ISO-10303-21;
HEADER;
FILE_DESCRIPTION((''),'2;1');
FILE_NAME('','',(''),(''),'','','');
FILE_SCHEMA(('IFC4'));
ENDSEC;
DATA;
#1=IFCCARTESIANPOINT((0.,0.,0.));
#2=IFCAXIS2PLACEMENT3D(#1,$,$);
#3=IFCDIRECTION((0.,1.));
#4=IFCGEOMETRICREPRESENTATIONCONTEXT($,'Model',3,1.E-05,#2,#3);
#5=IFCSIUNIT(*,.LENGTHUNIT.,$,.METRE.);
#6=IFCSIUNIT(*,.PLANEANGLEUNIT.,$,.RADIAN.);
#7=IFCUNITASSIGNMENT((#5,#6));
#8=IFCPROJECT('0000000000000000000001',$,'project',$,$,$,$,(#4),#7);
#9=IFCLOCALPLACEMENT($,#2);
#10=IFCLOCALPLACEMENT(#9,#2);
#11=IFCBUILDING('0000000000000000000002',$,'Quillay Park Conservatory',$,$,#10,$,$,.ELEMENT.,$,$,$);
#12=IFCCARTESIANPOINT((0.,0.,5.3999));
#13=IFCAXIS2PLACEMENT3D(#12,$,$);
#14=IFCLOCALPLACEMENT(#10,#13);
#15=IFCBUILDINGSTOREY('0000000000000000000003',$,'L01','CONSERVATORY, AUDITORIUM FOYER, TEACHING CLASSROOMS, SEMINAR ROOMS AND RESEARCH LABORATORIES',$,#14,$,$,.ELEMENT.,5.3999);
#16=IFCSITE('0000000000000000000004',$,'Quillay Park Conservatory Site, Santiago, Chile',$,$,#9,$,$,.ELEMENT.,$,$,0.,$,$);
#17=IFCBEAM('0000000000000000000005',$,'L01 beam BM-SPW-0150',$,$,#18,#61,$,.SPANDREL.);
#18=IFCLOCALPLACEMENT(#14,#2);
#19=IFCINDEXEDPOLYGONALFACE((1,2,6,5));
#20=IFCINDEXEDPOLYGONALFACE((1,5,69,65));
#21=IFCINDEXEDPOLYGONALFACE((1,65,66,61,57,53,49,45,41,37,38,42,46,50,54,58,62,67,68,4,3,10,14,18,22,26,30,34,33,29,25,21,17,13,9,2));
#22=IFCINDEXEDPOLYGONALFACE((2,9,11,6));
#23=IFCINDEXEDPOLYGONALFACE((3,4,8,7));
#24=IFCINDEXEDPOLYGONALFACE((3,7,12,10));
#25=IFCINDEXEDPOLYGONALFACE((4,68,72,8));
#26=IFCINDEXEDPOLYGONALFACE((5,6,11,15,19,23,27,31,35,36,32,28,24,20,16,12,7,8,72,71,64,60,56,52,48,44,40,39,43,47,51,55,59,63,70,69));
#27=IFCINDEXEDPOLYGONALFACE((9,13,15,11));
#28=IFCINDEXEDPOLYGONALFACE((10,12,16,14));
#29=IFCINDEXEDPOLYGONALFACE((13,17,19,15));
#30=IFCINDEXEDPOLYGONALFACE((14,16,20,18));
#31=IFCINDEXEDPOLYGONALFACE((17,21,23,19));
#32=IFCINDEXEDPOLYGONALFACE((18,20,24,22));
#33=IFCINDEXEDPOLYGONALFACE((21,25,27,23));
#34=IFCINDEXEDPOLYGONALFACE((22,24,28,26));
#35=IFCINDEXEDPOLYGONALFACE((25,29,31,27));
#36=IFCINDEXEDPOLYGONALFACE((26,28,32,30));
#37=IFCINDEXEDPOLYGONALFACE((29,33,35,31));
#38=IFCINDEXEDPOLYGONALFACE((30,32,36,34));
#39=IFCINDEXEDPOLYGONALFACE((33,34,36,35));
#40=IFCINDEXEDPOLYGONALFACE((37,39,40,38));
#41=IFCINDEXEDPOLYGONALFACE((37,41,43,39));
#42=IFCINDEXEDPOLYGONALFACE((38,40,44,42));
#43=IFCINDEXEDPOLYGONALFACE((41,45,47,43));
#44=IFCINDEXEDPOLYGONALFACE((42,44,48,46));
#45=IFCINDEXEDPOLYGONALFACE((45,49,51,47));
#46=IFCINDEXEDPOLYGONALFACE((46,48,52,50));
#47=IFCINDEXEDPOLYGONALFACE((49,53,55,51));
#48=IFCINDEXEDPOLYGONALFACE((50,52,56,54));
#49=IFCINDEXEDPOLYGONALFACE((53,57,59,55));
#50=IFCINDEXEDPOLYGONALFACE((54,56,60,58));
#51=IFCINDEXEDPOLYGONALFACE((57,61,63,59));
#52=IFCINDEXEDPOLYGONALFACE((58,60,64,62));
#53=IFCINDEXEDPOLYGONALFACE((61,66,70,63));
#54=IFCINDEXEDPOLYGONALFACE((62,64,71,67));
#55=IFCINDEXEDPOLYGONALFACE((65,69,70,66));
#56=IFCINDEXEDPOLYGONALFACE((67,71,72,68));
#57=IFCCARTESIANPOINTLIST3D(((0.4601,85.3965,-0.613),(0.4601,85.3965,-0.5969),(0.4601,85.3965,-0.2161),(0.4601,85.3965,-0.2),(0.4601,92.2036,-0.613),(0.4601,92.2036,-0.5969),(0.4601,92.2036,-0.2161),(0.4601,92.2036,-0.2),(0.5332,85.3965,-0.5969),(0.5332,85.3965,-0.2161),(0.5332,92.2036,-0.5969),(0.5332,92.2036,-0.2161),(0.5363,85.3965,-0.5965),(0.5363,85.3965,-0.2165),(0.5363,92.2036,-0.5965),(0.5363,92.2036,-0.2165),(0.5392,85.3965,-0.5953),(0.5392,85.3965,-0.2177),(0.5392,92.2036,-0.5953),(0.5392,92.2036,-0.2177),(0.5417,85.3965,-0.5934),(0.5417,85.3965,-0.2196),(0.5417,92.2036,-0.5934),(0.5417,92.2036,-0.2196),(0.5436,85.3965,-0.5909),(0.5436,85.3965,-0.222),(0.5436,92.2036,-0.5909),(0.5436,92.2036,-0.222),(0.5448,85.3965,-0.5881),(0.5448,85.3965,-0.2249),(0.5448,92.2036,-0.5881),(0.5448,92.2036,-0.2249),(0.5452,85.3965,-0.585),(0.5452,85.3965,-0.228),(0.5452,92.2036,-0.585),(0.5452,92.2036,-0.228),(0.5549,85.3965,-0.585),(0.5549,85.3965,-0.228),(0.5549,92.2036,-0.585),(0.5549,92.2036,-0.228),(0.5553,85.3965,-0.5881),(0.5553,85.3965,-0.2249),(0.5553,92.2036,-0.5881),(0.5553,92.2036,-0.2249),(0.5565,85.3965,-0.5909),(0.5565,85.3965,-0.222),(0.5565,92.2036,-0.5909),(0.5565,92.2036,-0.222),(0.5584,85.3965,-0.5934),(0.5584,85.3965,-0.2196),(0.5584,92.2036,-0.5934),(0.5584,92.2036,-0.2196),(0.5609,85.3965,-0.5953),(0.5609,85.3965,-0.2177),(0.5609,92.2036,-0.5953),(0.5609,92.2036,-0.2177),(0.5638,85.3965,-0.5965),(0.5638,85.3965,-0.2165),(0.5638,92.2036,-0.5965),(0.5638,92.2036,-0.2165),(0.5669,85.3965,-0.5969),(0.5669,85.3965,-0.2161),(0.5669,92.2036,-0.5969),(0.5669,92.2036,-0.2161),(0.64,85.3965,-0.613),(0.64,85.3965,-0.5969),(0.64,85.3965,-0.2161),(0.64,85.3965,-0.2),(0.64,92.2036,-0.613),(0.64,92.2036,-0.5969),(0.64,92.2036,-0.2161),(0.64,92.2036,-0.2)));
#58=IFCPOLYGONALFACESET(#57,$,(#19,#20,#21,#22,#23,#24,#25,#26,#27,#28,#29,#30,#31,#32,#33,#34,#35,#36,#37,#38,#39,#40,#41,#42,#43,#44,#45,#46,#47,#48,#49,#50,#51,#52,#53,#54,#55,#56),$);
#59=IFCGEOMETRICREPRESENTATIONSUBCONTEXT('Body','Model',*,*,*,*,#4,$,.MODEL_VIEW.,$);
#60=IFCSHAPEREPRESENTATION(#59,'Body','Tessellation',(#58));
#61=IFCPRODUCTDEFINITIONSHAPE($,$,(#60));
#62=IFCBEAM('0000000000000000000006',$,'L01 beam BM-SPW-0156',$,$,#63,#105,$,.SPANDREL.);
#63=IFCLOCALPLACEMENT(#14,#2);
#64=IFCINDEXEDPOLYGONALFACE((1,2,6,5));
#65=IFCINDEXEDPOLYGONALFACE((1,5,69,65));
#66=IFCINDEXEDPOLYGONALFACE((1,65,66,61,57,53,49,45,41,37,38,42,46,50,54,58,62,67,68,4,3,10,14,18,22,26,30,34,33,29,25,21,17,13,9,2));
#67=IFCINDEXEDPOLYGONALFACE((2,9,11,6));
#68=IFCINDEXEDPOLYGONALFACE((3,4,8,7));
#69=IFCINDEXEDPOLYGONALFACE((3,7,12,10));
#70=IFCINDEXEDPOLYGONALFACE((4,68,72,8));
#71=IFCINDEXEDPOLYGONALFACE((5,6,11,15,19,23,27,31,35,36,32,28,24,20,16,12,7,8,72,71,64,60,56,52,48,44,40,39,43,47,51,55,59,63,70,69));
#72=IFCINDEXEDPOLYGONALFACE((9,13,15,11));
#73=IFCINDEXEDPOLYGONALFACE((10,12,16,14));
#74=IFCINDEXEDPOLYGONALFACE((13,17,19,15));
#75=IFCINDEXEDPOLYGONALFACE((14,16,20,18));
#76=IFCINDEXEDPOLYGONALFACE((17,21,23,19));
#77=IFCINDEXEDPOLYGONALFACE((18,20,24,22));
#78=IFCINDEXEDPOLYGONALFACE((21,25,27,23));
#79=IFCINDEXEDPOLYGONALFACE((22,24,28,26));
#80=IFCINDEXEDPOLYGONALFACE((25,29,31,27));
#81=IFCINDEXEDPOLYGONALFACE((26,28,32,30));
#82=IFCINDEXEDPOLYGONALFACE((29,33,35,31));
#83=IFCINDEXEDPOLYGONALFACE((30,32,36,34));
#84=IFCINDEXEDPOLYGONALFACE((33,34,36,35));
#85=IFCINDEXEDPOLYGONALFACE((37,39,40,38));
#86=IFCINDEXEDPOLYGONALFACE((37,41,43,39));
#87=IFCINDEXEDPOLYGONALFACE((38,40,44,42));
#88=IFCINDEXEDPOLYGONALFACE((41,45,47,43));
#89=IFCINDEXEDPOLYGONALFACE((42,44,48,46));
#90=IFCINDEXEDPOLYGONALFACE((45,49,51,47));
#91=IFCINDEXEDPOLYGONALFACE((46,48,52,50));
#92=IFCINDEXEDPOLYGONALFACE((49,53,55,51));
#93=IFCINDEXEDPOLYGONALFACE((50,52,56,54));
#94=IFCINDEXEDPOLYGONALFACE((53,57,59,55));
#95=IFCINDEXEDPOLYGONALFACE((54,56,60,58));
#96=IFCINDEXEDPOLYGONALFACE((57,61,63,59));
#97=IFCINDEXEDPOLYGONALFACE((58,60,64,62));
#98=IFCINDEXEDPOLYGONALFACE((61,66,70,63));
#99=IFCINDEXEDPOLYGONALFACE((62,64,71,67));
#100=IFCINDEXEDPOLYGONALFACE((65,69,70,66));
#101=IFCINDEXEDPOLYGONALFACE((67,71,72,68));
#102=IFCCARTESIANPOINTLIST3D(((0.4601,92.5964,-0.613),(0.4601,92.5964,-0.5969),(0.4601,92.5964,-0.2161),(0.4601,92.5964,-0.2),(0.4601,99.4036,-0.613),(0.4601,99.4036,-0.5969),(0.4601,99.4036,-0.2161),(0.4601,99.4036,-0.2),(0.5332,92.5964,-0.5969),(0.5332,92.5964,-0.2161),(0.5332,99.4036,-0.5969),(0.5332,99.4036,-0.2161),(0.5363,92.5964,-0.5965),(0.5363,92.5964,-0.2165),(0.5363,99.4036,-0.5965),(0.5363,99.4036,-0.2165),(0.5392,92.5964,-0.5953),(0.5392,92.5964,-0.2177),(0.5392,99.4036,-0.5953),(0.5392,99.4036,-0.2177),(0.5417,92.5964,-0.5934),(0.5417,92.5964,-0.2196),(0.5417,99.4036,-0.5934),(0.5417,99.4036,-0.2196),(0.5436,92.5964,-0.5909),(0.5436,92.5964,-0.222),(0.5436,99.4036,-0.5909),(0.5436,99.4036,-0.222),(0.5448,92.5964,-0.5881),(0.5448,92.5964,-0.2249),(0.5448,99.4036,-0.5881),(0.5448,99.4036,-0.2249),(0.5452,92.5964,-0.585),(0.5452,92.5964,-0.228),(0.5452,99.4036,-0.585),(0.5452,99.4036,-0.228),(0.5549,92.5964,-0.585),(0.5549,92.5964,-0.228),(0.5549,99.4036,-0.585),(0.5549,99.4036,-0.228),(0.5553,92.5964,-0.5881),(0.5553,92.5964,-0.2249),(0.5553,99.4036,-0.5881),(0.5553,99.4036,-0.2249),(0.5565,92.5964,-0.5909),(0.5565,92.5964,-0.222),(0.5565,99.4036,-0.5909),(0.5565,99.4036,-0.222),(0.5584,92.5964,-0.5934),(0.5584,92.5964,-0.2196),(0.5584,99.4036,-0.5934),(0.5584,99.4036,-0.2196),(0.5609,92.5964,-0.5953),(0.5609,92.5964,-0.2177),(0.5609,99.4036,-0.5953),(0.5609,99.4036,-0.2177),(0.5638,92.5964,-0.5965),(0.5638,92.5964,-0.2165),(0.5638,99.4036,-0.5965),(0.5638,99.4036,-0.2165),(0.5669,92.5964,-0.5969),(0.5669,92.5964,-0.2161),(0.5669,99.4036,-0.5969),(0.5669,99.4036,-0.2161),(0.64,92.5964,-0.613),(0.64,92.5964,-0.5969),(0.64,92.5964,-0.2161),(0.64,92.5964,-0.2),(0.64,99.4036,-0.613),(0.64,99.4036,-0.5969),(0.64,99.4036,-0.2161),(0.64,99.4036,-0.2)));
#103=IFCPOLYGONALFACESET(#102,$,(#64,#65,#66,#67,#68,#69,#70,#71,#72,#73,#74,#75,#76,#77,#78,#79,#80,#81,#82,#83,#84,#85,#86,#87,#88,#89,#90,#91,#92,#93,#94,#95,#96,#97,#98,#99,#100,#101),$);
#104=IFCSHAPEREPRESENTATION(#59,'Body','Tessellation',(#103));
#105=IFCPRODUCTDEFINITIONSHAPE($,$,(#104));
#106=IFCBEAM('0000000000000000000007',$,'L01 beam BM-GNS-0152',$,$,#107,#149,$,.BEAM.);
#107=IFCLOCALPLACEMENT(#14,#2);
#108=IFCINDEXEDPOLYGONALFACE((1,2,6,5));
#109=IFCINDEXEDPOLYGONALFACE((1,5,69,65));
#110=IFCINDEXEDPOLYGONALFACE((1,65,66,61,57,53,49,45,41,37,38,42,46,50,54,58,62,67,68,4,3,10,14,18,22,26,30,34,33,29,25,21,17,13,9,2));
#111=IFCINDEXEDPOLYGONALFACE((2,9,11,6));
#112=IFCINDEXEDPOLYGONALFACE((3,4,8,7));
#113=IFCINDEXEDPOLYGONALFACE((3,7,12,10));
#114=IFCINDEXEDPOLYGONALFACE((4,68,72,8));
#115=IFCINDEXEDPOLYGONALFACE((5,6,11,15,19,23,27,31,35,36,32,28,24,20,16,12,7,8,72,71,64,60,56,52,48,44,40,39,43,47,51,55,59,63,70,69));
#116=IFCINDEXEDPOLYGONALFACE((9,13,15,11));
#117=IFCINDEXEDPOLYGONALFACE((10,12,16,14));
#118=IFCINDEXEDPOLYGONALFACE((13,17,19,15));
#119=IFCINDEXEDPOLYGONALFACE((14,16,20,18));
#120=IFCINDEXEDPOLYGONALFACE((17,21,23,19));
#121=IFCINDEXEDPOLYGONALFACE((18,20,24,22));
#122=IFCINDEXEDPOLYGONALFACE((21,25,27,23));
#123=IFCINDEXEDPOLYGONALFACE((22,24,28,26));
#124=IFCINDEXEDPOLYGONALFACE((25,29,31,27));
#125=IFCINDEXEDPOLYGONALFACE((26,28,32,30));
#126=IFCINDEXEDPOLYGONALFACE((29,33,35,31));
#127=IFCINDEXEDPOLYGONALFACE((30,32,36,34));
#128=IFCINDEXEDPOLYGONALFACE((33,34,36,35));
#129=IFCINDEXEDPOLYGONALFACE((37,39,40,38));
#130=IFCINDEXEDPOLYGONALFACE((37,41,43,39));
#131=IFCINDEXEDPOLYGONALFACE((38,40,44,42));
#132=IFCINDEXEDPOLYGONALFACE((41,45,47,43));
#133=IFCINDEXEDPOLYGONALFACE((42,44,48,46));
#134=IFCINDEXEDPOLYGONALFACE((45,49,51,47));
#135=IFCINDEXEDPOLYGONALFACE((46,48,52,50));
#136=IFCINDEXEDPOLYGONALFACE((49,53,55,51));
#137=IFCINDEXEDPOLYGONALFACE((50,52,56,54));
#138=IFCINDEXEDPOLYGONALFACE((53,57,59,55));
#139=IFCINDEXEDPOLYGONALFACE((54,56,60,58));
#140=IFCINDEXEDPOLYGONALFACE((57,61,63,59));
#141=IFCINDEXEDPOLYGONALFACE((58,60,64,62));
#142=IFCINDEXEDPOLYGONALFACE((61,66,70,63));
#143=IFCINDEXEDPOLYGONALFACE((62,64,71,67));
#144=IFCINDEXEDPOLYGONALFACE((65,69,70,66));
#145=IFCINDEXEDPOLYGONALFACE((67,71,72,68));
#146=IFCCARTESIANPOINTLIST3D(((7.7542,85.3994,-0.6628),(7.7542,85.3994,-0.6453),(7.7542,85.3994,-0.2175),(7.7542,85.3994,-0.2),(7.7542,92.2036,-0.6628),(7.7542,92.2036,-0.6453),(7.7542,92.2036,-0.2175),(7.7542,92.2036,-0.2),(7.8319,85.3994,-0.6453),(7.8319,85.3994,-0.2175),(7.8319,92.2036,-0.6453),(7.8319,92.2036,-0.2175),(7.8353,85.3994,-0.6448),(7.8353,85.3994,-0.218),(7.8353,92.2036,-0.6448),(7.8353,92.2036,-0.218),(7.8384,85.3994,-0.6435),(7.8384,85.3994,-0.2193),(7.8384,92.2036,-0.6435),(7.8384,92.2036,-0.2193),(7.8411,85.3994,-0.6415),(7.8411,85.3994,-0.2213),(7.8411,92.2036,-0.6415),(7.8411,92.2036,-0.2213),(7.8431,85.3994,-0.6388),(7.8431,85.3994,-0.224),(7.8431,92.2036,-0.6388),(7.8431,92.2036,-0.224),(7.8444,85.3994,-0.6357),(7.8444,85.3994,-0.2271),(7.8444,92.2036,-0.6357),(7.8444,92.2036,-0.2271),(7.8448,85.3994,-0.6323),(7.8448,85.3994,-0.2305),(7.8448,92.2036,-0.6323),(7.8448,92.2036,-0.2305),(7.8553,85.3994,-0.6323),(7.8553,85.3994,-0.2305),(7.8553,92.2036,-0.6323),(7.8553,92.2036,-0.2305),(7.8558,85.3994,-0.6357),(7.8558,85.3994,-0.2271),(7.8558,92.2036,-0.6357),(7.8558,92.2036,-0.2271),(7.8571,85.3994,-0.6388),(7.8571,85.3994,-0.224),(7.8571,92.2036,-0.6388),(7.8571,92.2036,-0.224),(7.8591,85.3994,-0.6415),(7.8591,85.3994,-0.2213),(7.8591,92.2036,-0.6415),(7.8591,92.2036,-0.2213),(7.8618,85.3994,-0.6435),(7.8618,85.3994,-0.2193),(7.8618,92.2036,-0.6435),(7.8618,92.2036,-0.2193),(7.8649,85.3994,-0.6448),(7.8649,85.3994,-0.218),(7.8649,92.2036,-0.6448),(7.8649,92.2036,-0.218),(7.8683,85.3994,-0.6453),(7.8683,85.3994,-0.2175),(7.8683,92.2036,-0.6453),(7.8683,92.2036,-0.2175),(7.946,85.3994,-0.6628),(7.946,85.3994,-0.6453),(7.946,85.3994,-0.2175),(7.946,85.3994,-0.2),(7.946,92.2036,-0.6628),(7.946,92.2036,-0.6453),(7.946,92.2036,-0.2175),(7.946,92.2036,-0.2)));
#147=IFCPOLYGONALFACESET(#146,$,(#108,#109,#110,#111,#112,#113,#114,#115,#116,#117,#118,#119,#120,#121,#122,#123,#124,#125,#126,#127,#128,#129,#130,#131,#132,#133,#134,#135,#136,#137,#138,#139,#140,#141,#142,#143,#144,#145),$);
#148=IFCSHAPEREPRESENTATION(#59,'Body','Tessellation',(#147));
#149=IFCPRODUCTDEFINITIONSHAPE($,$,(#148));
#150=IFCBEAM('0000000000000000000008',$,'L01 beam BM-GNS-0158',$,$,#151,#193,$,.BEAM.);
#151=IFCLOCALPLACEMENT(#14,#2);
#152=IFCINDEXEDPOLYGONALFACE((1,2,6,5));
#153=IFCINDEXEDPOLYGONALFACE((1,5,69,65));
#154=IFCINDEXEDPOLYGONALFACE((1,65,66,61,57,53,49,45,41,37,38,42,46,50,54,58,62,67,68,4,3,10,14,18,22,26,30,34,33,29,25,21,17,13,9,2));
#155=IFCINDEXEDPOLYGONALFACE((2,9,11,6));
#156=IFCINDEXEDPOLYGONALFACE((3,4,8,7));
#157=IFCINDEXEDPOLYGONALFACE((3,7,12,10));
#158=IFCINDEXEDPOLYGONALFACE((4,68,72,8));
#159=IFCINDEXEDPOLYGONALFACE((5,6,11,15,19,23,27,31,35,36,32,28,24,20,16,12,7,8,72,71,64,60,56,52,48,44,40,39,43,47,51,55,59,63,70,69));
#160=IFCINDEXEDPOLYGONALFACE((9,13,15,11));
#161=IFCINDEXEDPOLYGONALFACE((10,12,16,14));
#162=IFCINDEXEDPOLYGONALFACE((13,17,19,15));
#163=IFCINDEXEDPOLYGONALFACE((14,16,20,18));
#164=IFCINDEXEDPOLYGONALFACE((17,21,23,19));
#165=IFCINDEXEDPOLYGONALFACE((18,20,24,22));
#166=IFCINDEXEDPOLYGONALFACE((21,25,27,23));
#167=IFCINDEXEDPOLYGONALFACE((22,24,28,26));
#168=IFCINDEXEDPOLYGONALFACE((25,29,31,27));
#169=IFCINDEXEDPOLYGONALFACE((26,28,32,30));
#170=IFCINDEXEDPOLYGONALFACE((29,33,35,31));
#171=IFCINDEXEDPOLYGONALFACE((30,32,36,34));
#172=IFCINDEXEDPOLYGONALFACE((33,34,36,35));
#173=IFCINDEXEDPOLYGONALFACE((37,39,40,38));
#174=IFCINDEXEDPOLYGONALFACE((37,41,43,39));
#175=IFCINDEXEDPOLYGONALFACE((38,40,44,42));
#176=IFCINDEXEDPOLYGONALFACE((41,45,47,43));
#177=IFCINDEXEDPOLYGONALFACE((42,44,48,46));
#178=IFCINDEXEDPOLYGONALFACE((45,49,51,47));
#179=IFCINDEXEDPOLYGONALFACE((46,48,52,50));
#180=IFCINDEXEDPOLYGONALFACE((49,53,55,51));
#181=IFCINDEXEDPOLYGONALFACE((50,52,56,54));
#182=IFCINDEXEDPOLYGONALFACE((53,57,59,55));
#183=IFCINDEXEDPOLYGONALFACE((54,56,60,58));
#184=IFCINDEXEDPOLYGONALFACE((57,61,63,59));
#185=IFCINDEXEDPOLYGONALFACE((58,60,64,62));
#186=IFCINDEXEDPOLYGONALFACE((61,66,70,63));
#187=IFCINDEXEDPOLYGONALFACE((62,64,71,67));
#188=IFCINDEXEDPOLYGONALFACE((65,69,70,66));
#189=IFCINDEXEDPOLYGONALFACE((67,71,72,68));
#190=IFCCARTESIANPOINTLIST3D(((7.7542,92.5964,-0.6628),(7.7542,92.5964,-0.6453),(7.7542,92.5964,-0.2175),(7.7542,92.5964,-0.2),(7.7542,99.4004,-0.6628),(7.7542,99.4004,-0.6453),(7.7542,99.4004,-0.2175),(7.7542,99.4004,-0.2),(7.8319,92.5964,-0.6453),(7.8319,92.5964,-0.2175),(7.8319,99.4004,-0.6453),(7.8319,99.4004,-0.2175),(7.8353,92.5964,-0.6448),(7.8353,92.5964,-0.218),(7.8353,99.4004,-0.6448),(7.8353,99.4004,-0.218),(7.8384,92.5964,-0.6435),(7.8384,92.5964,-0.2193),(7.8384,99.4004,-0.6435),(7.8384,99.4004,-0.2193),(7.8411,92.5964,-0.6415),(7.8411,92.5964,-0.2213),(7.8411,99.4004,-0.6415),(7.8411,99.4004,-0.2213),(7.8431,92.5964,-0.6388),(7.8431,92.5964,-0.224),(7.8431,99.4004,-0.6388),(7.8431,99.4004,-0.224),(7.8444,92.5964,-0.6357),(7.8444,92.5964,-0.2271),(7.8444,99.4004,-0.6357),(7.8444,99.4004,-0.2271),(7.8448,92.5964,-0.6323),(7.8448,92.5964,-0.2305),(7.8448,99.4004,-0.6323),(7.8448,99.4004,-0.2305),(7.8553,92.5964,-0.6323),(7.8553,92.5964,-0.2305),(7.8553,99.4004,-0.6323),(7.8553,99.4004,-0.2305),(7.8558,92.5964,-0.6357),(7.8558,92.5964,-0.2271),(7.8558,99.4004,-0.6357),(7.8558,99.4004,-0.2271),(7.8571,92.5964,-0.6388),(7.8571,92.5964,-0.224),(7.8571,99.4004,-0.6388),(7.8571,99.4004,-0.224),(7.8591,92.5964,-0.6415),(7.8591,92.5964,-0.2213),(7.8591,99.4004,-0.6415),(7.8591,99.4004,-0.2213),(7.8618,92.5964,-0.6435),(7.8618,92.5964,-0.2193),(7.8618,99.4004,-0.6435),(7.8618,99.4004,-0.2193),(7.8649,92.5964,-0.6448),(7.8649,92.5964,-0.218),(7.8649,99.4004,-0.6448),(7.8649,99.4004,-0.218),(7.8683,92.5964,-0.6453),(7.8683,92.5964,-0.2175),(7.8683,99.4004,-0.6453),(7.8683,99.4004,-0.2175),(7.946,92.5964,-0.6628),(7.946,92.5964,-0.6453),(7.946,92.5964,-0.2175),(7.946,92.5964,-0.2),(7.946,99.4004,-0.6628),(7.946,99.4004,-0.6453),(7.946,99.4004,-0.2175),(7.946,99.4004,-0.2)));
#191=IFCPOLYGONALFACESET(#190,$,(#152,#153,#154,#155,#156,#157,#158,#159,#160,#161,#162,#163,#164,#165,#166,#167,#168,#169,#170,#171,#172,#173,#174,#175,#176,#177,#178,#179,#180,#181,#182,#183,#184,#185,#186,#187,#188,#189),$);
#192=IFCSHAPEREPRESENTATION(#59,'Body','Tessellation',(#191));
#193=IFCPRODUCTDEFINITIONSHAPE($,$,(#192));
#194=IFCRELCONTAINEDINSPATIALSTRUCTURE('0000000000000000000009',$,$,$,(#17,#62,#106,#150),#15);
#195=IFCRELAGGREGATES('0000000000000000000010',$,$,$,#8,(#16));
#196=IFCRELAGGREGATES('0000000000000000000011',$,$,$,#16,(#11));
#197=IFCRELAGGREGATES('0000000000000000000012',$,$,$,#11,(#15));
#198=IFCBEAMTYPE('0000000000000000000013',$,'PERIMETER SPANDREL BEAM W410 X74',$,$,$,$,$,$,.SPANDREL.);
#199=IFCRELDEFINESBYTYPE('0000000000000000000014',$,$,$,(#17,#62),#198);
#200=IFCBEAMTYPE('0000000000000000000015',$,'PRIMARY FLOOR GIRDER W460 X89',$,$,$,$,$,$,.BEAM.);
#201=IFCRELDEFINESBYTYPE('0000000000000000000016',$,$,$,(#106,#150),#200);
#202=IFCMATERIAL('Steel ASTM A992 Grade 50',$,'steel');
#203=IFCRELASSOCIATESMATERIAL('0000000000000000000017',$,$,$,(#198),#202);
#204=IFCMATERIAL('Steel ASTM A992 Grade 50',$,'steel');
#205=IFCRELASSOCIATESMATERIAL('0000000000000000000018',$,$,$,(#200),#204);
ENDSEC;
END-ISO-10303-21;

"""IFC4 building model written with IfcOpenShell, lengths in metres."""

from ifc_helpers import new_model, si_unit, direction, frame, origin, origin_2d, place, context, subcontext, project, spatial, i_section, extrude, material, material_profile, profile_set, type_object, element, save


model = new_model("IFC4")

# Units and contexts
model_context = context("Model", 3, precision=1e-05, world=origin(), true_north=direction((0.0, 1.0)))
body_context = subcontext(model_context, "Body", "Model", "MODEL_VIEW")
ifc_project = project(units=[si_unit("LENGTHUNIT", "METRE"), si_unit("PLANEANGLEUNIT", "RADIAN")], contexts=[model_context])

# Site, building, storey
site_placement = place(None, origin())
site = spatial("IfcSite", under=ifc_project, at=site_placement, Name="Quillay Park Conservatory Site, Santiago, Chile", CompositionType="ELEMENT", RefElevation=0.0)
building_placement = place(site_placement, origin())
building = spatial("IfcBuilding", under=site, at=building_placement, Name="Quillay Park Conservatory", CompositionType="ELEMENT")
storey_placement = place(building_placement, frame((0.0, 0.0, 5.3999)))
storey = spatial("IfcBuildingStorey", under=building, at=storey_placement, Name="L01", Description="CONSERVATORY, AUDITORIUM FOYER, TEACHING CLASSROOMS, SEMINAR ROOMS AND RESEARCH LABORATORIES", CompositionType="ELEMENT", Elevation=5.3999)

# Beams
ifc_material_1 = material(Name="Steel ASTM A992 Grade 50", Category="steel")
ifc_material_profile_1 = material_profile(ifc_material_1, i_section(OverallWidth=0.1799, OverallDepth=0.4131, WebThickness=0.0098, FlangeThickness=0.0161, FilletRadius=0.012, at=origin_2d()), Name="W410x74")
ifc_profile_set_1 = profile_set([ifc_material_profile_1], Name="Steel ASTM A992 Grade 50")
beam_type_1 = type_object("IfcBeamType", Name="PERIMETER SPANDREL BEAM W410 X74", PredefinedType="SPANDREL", material=ifc_profile_set_1)
for number, where, z_axis, x_axis, name in (
    (1, (0.55, 85.3965, -0.4065), (0.0, 1.0, 0.0), (-1.0, 0.0, 0.0), "L01 beam BM-SPW-0150"),
    (2, (0.55, 92.5964, -0.4065), (0.0, 1.0, 0.0), (-1.0, 0.0, 0.0), "L01 beam BM-SPW-0156"),
):
    element("IfcBeam", number, at=place(storey_placement, frame(where, z_axis=z_axis, x_axis=x_axis)), inside=storey, type_object=beam_type_1, Name=name, PredefinedType="SPANDREL", context=body_context, shape_type="SweptSolid", body=[
        extrude(i_section(OverallWidth=0.1799, OverallDepth=0.4131, WebThickness=0.0098, FlangeThickness=0.0161, FilletRadius=0.012, at=origin_2d()), origin(), (0.0, 0.0, 1.0), 6.8071),
    ])
ifc_material_2 = material(Name="Steel ASTM A992 Grade 50", Category="steel")
ifc_material_profile_2 = material_profile(ifc_material_2, i_section(OverallWidth=0.1919, OverallDepth=0.4629, WebThickness=0.0105, FlangeThickness=0.0176, FilletRadius=0.0129, at=origin_2d()), Name="W460x89")
ifc_profile_set_2 = profile_set([ifc_material_profile_2], Name="Steel ASTM A992 Grade 50")
beam_type_2 = type_object("IfcBeamType", Name="PRIMARY FLOOR GIRDER W460 X89", PredefinedType="BEAM", material=ifc_profile_set_2)
beam_1_placement = place(storey_placement, frame((7.8501, 85.3994, -0.4314), z_axis=(0.0, 1.0, 0.0), x_axis=(-1.0, 0.0, 0.0)))
element("IfcBeam", 3, at=beam_1_placement, inside=storey, type_object=beam_type_2, Name="L01 beam BM-GNS-0152", PredefinedType="BEAM", context=body_context, shape_type="SweptSolid", body=[
    extrude(i_section(OverallWidth=0.1919, OverallDepth=0.4629, WebThickness=0.0105, FlangeThickness=0.0176, FilletRadius=0.0129, at=origin_2d()), origin(), (0.0, 0.0, 1.0), 6.8042),
])
beam_2_placement = place(storey_placement, frame((7.8501, 92.5964, -0.4314), z_axis=(0.0, 1.0, 0.0), x_axis=(-1.0, 0.0, 0.0)))
element("IfcBeam", 4, at=beam_2_placement, inside=storey, type_object=beam_type_2, Name="L01 beam BM-GNS-0158", PredefinedType="BEAM", context=body_context, shape_type="SweptSolid", body=[
    extrude(i_section(OverallWidth=0.1919, OverallDepth=0.4629, WebThickness=0.0105, FlangeThickness=0.0176, FilletRadius=0.0129, at=origin_2d()), origin(), (0.0, 0.0, 1.0), 6.804),
])

save(model, "model.ifc")
